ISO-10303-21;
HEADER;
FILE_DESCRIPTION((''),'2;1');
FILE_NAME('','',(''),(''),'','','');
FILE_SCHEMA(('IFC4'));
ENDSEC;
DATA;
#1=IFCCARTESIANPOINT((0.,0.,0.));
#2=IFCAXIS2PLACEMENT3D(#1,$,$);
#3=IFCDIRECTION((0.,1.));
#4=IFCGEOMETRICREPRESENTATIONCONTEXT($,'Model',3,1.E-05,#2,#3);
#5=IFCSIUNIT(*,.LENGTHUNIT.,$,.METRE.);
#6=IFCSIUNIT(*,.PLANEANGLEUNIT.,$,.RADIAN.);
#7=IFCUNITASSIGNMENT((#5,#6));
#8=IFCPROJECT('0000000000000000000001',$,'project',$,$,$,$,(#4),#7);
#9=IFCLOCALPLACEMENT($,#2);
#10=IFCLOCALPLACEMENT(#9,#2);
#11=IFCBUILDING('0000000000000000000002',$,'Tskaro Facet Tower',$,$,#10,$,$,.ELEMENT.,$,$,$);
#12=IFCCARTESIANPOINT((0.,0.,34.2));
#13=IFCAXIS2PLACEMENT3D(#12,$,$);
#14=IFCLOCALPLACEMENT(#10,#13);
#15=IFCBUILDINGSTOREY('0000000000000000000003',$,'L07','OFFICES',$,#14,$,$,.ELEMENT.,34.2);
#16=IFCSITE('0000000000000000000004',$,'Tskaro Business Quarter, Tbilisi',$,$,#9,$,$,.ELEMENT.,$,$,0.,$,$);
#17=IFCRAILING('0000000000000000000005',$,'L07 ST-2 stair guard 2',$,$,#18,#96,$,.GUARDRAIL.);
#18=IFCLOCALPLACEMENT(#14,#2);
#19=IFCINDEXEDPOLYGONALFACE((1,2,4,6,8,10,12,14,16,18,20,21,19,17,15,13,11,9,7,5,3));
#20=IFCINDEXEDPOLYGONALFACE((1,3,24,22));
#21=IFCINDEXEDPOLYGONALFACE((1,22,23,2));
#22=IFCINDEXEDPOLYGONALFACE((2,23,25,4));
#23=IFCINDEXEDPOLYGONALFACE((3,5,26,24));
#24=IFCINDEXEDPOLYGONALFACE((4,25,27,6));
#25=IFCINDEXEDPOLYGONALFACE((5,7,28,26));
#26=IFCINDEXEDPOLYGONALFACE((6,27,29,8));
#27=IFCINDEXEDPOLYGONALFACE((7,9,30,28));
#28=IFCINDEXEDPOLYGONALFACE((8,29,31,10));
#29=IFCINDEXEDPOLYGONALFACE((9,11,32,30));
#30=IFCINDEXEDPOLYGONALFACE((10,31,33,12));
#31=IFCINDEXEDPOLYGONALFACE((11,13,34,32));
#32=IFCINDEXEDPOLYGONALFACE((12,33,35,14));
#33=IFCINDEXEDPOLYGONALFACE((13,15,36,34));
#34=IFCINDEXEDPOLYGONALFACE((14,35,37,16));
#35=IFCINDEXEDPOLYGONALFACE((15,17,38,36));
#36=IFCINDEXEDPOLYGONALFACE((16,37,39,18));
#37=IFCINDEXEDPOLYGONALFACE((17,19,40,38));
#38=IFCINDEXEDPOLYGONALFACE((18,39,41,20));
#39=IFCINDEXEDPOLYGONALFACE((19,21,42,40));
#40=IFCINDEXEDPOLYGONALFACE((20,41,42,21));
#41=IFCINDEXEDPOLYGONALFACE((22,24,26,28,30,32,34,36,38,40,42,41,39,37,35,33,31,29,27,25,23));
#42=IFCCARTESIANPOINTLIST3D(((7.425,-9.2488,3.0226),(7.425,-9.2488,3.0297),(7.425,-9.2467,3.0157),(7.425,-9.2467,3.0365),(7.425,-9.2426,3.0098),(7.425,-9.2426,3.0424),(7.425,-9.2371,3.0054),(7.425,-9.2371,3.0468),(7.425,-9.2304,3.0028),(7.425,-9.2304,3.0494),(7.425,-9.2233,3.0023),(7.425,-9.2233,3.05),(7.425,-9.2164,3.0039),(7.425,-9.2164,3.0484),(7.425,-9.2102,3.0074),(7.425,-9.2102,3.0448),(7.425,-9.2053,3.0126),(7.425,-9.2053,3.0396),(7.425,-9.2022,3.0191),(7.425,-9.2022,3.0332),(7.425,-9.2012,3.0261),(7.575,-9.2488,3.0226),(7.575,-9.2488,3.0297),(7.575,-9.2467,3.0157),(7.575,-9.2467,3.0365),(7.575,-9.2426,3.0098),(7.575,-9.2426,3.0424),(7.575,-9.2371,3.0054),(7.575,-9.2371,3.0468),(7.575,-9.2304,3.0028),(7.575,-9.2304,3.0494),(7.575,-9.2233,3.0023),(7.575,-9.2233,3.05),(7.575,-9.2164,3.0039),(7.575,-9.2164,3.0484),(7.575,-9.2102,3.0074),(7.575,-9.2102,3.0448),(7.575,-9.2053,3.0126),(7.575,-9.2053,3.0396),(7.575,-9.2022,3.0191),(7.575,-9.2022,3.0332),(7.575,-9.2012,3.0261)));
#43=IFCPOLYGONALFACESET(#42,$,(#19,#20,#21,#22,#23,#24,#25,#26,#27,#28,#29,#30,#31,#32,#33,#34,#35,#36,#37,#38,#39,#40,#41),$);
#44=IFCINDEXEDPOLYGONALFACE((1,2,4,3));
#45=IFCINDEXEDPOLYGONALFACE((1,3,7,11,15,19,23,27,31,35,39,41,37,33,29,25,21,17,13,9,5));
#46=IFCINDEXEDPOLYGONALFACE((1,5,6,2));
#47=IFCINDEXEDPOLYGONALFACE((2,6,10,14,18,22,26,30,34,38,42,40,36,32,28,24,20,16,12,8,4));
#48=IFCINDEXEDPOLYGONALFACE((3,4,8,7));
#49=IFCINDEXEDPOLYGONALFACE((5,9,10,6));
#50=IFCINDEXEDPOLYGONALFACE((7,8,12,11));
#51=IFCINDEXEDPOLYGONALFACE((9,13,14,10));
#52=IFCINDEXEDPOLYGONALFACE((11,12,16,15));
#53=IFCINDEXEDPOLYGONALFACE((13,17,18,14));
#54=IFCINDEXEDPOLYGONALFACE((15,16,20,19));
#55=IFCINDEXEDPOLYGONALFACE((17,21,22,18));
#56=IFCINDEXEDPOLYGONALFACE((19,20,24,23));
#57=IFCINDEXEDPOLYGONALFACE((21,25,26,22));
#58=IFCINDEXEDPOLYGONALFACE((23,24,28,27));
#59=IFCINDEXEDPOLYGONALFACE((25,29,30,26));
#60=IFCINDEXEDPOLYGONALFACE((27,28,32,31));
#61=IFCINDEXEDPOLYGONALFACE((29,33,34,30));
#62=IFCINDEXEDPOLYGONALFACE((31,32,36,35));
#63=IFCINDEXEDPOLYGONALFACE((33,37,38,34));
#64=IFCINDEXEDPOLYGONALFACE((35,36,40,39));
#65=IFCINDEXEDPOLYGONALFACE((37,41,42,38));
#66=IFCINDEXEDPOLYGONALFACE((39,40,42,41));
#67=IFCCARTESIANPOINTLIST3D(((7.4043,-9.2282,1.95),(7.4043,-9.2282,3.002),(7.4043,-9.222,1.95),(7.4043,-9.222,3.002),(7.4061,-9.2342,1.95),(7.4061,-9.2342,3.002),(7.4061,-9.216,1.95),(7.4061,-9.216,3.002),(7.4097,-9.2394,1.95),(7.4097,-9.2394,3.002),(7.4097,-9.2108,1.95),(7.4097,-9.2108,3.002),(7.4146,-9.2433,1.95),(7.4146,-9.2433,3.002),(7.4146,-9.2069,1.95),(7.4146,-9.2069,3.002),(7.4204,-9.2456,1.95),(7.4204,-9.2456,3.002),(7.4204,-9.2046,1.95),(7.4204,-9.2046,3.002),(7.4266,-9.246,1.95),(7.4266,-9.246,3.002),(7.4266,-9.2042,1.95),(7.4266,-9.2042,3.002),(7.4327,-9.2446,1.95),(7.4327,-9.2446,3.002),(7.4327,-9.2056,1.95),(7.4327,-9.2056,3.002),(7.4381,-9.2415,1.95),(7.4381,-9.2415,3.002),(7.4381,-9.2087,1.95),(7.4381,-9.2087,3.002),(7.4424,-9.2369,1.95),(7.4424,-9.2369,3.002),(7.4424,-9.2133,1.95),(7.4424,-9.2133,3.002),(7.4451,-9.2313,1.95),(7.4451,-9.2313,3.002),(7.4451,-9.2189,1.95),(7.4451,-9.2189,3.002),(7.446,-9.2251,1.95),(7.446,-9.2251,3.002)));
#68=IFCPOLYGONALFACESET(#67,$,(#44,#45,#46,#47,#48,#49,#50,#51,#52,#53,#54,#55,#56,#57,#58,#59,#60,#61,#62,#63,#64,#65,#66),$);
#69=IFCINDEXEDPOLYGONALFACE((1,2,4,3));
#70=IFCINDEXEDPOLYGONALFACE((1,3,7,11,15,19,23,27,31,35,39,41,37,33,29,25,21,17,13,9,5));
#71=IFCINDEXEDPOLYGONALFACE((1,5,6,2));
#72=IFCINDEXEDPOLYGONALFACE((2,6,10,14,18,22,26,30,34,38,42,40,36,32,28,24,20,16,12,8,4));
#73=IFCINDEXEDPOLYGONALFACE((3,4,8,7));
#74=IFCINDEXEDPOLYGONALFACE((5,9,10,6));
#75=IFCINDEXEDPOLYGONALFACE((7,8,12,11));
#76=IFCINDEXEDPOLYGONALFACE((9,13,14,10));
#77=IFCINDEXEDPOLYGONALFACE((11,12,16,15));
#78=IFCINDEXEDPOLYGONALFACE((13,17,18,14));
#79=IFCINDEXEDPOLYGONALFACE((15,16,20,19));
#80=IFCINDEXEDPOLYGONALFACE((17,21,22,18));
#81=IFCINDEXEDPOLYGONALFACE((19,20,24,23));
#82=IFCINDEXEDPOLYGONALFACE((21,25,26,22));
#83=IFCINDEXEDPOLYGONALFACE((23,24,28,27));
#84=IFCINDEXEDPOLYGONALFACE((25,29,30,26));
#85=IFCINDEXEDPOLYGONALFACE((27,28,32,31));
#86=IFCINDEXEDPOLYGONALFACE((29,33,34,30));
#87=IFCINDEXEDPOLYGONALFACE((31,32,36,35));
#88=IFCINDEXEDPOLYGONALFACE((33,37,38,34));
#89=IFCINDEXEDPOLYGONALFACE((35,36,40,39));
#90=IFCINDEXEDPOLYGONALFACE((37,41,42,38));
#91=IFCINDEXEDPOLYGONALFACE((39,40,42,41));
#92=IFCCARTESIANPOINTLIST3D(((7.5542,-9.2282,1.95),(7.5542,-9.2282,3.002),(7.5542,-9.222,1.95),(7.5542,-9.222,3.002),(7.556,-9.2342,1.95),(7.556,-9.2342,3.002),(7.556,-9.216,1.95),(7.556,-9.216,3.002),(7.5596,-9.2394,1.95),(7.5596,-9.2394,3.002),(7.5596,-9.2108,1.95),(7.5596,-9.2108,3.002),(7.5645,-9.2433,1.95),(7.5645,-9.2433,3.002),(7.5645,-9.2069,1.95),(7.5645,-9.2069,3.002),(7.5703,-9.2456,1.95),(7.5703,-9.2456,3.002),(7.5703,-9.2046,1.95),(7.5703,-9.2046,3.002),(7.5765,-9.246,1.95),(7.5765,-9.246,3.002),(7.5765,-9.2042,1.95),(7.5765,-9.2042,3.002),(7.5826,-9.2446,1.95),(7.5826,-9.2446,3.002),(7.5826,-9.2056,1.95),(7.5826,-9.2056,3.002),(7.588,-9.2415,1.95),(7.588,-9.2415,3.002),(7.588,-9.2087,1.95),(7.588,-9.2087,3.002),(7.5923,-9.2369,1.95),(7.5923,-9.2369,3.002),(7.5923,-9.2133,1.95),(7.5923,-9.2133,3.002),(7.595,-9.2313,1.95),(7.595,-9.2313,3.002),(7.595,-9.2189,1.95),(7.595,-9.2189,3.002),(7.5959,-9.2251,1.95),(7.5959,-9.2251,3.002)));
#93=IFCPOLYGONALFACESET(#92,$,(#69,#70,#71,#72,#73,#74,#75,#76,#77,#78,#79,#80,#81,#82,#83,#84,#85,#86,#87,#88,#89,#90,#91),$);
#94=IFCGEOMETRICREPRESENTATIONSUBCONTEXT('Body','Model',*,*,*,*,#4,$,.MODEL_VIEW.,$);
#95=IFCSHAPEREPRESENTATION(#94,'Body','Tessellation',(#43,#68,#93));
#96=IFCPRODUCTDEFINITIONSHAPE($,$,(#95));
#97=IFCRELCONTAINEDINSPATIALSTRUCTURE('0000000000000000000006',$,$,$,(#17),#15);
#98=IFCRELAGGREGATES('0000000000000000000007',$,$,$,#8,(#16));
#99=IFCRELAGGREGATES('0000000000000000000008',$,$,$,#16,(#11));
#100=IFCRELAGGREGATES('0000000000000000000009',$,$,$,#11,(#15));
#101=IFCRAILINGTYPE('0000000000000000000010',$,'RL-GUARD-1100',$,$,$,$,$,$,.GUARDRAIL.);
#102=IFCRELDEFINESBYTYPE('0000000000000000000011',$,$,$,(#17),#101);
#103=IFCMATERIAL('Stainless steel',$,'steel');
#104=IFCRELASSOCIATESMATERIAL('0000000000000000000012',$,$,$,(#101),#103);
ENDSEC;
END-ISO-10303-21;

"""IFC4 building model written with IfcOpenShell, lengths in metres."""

from ifc_helpers import new_model, si_unit, direction, frame, origin, origin_2d, place, context, subcontext, project, spatial, circle, extrude, material, type_object, element, save


model = new_model("IFC4")

# Units and contexts
model_context = context("Model", 3, precision=1e-05, world=origin(), true_north=direction((0.0, 1.0)))
body_context = subcontext(model_context, "Body", "Model", "MODEL_VIEW")
ifc_project = project(units=[si_unit("LENGTHUNIT", "METRE"), si_unit("PLANEANGLEUNIT", "RADIAN")], contexts=[model_context])

# Site, building, storey
site_placement = place(None, origin())
site = spatial("IfcSite", under=ifc_project, at=site_placement, Name="Tskaro Business Quarter, Tbilisi", CompositionType="ELEMENT", RefElevation=0.0)
building_placement = place(site_placement, origin())
building = spatial("IfcBuilding", under=site, at=building_placement, Name="Tskaro Facet Tower", CompositionType="ELEMENT")
storey_placement = place(building_placement, frame((0.0, 0.0, 34.2)))
storey = spatial("IfcBuildingStorey", under=building, at=storey_placement, Name="L07", Description="OFFICES", CompositionType="ELEMENT", Elevation=34.2)

# Railing
ifc_material_1 = material(Name="Stainless steel", Category="steel")
railing_type_1 = type_object("IfcRailingType", Name="RL-GUARD-1100", PredefinedType="GUARDRAIL", material=ifc_material_1)
railing_1_placement = place(storey_placement, frame((7.425, -9.2251, 1.95)))
element("IfcRailing", 1, at=railing_1_placement, inside=storey, type_object=railing_type_1, Name="L07 ST-2 stair guard 2", PredefinedType="GUARDRAIL", context=body_context, shape_type="SweptSolid", body=[
    extrude(circle(Radius=0.0239, at=origin_2d()), frame((0.0, 0.0, 1.0762), z_axis=(1.0, 0.0, 0.0), x_axis=(0.0, 1.0, 0.0)), (0.0, 0.0, 1.0), 0.1499),
    extrude(circle(Radius=0.021, at=origin_2d()), origin(), (0.0, 0.0, 1.0), 1.052),
    extrude(circle(Radius=0.021, at=origin_2d()), frame((0.1499, 0.0, 0.0)), (0.0, 0.0, 1.0), 1.052),
])

save(model, "model.ifc")
